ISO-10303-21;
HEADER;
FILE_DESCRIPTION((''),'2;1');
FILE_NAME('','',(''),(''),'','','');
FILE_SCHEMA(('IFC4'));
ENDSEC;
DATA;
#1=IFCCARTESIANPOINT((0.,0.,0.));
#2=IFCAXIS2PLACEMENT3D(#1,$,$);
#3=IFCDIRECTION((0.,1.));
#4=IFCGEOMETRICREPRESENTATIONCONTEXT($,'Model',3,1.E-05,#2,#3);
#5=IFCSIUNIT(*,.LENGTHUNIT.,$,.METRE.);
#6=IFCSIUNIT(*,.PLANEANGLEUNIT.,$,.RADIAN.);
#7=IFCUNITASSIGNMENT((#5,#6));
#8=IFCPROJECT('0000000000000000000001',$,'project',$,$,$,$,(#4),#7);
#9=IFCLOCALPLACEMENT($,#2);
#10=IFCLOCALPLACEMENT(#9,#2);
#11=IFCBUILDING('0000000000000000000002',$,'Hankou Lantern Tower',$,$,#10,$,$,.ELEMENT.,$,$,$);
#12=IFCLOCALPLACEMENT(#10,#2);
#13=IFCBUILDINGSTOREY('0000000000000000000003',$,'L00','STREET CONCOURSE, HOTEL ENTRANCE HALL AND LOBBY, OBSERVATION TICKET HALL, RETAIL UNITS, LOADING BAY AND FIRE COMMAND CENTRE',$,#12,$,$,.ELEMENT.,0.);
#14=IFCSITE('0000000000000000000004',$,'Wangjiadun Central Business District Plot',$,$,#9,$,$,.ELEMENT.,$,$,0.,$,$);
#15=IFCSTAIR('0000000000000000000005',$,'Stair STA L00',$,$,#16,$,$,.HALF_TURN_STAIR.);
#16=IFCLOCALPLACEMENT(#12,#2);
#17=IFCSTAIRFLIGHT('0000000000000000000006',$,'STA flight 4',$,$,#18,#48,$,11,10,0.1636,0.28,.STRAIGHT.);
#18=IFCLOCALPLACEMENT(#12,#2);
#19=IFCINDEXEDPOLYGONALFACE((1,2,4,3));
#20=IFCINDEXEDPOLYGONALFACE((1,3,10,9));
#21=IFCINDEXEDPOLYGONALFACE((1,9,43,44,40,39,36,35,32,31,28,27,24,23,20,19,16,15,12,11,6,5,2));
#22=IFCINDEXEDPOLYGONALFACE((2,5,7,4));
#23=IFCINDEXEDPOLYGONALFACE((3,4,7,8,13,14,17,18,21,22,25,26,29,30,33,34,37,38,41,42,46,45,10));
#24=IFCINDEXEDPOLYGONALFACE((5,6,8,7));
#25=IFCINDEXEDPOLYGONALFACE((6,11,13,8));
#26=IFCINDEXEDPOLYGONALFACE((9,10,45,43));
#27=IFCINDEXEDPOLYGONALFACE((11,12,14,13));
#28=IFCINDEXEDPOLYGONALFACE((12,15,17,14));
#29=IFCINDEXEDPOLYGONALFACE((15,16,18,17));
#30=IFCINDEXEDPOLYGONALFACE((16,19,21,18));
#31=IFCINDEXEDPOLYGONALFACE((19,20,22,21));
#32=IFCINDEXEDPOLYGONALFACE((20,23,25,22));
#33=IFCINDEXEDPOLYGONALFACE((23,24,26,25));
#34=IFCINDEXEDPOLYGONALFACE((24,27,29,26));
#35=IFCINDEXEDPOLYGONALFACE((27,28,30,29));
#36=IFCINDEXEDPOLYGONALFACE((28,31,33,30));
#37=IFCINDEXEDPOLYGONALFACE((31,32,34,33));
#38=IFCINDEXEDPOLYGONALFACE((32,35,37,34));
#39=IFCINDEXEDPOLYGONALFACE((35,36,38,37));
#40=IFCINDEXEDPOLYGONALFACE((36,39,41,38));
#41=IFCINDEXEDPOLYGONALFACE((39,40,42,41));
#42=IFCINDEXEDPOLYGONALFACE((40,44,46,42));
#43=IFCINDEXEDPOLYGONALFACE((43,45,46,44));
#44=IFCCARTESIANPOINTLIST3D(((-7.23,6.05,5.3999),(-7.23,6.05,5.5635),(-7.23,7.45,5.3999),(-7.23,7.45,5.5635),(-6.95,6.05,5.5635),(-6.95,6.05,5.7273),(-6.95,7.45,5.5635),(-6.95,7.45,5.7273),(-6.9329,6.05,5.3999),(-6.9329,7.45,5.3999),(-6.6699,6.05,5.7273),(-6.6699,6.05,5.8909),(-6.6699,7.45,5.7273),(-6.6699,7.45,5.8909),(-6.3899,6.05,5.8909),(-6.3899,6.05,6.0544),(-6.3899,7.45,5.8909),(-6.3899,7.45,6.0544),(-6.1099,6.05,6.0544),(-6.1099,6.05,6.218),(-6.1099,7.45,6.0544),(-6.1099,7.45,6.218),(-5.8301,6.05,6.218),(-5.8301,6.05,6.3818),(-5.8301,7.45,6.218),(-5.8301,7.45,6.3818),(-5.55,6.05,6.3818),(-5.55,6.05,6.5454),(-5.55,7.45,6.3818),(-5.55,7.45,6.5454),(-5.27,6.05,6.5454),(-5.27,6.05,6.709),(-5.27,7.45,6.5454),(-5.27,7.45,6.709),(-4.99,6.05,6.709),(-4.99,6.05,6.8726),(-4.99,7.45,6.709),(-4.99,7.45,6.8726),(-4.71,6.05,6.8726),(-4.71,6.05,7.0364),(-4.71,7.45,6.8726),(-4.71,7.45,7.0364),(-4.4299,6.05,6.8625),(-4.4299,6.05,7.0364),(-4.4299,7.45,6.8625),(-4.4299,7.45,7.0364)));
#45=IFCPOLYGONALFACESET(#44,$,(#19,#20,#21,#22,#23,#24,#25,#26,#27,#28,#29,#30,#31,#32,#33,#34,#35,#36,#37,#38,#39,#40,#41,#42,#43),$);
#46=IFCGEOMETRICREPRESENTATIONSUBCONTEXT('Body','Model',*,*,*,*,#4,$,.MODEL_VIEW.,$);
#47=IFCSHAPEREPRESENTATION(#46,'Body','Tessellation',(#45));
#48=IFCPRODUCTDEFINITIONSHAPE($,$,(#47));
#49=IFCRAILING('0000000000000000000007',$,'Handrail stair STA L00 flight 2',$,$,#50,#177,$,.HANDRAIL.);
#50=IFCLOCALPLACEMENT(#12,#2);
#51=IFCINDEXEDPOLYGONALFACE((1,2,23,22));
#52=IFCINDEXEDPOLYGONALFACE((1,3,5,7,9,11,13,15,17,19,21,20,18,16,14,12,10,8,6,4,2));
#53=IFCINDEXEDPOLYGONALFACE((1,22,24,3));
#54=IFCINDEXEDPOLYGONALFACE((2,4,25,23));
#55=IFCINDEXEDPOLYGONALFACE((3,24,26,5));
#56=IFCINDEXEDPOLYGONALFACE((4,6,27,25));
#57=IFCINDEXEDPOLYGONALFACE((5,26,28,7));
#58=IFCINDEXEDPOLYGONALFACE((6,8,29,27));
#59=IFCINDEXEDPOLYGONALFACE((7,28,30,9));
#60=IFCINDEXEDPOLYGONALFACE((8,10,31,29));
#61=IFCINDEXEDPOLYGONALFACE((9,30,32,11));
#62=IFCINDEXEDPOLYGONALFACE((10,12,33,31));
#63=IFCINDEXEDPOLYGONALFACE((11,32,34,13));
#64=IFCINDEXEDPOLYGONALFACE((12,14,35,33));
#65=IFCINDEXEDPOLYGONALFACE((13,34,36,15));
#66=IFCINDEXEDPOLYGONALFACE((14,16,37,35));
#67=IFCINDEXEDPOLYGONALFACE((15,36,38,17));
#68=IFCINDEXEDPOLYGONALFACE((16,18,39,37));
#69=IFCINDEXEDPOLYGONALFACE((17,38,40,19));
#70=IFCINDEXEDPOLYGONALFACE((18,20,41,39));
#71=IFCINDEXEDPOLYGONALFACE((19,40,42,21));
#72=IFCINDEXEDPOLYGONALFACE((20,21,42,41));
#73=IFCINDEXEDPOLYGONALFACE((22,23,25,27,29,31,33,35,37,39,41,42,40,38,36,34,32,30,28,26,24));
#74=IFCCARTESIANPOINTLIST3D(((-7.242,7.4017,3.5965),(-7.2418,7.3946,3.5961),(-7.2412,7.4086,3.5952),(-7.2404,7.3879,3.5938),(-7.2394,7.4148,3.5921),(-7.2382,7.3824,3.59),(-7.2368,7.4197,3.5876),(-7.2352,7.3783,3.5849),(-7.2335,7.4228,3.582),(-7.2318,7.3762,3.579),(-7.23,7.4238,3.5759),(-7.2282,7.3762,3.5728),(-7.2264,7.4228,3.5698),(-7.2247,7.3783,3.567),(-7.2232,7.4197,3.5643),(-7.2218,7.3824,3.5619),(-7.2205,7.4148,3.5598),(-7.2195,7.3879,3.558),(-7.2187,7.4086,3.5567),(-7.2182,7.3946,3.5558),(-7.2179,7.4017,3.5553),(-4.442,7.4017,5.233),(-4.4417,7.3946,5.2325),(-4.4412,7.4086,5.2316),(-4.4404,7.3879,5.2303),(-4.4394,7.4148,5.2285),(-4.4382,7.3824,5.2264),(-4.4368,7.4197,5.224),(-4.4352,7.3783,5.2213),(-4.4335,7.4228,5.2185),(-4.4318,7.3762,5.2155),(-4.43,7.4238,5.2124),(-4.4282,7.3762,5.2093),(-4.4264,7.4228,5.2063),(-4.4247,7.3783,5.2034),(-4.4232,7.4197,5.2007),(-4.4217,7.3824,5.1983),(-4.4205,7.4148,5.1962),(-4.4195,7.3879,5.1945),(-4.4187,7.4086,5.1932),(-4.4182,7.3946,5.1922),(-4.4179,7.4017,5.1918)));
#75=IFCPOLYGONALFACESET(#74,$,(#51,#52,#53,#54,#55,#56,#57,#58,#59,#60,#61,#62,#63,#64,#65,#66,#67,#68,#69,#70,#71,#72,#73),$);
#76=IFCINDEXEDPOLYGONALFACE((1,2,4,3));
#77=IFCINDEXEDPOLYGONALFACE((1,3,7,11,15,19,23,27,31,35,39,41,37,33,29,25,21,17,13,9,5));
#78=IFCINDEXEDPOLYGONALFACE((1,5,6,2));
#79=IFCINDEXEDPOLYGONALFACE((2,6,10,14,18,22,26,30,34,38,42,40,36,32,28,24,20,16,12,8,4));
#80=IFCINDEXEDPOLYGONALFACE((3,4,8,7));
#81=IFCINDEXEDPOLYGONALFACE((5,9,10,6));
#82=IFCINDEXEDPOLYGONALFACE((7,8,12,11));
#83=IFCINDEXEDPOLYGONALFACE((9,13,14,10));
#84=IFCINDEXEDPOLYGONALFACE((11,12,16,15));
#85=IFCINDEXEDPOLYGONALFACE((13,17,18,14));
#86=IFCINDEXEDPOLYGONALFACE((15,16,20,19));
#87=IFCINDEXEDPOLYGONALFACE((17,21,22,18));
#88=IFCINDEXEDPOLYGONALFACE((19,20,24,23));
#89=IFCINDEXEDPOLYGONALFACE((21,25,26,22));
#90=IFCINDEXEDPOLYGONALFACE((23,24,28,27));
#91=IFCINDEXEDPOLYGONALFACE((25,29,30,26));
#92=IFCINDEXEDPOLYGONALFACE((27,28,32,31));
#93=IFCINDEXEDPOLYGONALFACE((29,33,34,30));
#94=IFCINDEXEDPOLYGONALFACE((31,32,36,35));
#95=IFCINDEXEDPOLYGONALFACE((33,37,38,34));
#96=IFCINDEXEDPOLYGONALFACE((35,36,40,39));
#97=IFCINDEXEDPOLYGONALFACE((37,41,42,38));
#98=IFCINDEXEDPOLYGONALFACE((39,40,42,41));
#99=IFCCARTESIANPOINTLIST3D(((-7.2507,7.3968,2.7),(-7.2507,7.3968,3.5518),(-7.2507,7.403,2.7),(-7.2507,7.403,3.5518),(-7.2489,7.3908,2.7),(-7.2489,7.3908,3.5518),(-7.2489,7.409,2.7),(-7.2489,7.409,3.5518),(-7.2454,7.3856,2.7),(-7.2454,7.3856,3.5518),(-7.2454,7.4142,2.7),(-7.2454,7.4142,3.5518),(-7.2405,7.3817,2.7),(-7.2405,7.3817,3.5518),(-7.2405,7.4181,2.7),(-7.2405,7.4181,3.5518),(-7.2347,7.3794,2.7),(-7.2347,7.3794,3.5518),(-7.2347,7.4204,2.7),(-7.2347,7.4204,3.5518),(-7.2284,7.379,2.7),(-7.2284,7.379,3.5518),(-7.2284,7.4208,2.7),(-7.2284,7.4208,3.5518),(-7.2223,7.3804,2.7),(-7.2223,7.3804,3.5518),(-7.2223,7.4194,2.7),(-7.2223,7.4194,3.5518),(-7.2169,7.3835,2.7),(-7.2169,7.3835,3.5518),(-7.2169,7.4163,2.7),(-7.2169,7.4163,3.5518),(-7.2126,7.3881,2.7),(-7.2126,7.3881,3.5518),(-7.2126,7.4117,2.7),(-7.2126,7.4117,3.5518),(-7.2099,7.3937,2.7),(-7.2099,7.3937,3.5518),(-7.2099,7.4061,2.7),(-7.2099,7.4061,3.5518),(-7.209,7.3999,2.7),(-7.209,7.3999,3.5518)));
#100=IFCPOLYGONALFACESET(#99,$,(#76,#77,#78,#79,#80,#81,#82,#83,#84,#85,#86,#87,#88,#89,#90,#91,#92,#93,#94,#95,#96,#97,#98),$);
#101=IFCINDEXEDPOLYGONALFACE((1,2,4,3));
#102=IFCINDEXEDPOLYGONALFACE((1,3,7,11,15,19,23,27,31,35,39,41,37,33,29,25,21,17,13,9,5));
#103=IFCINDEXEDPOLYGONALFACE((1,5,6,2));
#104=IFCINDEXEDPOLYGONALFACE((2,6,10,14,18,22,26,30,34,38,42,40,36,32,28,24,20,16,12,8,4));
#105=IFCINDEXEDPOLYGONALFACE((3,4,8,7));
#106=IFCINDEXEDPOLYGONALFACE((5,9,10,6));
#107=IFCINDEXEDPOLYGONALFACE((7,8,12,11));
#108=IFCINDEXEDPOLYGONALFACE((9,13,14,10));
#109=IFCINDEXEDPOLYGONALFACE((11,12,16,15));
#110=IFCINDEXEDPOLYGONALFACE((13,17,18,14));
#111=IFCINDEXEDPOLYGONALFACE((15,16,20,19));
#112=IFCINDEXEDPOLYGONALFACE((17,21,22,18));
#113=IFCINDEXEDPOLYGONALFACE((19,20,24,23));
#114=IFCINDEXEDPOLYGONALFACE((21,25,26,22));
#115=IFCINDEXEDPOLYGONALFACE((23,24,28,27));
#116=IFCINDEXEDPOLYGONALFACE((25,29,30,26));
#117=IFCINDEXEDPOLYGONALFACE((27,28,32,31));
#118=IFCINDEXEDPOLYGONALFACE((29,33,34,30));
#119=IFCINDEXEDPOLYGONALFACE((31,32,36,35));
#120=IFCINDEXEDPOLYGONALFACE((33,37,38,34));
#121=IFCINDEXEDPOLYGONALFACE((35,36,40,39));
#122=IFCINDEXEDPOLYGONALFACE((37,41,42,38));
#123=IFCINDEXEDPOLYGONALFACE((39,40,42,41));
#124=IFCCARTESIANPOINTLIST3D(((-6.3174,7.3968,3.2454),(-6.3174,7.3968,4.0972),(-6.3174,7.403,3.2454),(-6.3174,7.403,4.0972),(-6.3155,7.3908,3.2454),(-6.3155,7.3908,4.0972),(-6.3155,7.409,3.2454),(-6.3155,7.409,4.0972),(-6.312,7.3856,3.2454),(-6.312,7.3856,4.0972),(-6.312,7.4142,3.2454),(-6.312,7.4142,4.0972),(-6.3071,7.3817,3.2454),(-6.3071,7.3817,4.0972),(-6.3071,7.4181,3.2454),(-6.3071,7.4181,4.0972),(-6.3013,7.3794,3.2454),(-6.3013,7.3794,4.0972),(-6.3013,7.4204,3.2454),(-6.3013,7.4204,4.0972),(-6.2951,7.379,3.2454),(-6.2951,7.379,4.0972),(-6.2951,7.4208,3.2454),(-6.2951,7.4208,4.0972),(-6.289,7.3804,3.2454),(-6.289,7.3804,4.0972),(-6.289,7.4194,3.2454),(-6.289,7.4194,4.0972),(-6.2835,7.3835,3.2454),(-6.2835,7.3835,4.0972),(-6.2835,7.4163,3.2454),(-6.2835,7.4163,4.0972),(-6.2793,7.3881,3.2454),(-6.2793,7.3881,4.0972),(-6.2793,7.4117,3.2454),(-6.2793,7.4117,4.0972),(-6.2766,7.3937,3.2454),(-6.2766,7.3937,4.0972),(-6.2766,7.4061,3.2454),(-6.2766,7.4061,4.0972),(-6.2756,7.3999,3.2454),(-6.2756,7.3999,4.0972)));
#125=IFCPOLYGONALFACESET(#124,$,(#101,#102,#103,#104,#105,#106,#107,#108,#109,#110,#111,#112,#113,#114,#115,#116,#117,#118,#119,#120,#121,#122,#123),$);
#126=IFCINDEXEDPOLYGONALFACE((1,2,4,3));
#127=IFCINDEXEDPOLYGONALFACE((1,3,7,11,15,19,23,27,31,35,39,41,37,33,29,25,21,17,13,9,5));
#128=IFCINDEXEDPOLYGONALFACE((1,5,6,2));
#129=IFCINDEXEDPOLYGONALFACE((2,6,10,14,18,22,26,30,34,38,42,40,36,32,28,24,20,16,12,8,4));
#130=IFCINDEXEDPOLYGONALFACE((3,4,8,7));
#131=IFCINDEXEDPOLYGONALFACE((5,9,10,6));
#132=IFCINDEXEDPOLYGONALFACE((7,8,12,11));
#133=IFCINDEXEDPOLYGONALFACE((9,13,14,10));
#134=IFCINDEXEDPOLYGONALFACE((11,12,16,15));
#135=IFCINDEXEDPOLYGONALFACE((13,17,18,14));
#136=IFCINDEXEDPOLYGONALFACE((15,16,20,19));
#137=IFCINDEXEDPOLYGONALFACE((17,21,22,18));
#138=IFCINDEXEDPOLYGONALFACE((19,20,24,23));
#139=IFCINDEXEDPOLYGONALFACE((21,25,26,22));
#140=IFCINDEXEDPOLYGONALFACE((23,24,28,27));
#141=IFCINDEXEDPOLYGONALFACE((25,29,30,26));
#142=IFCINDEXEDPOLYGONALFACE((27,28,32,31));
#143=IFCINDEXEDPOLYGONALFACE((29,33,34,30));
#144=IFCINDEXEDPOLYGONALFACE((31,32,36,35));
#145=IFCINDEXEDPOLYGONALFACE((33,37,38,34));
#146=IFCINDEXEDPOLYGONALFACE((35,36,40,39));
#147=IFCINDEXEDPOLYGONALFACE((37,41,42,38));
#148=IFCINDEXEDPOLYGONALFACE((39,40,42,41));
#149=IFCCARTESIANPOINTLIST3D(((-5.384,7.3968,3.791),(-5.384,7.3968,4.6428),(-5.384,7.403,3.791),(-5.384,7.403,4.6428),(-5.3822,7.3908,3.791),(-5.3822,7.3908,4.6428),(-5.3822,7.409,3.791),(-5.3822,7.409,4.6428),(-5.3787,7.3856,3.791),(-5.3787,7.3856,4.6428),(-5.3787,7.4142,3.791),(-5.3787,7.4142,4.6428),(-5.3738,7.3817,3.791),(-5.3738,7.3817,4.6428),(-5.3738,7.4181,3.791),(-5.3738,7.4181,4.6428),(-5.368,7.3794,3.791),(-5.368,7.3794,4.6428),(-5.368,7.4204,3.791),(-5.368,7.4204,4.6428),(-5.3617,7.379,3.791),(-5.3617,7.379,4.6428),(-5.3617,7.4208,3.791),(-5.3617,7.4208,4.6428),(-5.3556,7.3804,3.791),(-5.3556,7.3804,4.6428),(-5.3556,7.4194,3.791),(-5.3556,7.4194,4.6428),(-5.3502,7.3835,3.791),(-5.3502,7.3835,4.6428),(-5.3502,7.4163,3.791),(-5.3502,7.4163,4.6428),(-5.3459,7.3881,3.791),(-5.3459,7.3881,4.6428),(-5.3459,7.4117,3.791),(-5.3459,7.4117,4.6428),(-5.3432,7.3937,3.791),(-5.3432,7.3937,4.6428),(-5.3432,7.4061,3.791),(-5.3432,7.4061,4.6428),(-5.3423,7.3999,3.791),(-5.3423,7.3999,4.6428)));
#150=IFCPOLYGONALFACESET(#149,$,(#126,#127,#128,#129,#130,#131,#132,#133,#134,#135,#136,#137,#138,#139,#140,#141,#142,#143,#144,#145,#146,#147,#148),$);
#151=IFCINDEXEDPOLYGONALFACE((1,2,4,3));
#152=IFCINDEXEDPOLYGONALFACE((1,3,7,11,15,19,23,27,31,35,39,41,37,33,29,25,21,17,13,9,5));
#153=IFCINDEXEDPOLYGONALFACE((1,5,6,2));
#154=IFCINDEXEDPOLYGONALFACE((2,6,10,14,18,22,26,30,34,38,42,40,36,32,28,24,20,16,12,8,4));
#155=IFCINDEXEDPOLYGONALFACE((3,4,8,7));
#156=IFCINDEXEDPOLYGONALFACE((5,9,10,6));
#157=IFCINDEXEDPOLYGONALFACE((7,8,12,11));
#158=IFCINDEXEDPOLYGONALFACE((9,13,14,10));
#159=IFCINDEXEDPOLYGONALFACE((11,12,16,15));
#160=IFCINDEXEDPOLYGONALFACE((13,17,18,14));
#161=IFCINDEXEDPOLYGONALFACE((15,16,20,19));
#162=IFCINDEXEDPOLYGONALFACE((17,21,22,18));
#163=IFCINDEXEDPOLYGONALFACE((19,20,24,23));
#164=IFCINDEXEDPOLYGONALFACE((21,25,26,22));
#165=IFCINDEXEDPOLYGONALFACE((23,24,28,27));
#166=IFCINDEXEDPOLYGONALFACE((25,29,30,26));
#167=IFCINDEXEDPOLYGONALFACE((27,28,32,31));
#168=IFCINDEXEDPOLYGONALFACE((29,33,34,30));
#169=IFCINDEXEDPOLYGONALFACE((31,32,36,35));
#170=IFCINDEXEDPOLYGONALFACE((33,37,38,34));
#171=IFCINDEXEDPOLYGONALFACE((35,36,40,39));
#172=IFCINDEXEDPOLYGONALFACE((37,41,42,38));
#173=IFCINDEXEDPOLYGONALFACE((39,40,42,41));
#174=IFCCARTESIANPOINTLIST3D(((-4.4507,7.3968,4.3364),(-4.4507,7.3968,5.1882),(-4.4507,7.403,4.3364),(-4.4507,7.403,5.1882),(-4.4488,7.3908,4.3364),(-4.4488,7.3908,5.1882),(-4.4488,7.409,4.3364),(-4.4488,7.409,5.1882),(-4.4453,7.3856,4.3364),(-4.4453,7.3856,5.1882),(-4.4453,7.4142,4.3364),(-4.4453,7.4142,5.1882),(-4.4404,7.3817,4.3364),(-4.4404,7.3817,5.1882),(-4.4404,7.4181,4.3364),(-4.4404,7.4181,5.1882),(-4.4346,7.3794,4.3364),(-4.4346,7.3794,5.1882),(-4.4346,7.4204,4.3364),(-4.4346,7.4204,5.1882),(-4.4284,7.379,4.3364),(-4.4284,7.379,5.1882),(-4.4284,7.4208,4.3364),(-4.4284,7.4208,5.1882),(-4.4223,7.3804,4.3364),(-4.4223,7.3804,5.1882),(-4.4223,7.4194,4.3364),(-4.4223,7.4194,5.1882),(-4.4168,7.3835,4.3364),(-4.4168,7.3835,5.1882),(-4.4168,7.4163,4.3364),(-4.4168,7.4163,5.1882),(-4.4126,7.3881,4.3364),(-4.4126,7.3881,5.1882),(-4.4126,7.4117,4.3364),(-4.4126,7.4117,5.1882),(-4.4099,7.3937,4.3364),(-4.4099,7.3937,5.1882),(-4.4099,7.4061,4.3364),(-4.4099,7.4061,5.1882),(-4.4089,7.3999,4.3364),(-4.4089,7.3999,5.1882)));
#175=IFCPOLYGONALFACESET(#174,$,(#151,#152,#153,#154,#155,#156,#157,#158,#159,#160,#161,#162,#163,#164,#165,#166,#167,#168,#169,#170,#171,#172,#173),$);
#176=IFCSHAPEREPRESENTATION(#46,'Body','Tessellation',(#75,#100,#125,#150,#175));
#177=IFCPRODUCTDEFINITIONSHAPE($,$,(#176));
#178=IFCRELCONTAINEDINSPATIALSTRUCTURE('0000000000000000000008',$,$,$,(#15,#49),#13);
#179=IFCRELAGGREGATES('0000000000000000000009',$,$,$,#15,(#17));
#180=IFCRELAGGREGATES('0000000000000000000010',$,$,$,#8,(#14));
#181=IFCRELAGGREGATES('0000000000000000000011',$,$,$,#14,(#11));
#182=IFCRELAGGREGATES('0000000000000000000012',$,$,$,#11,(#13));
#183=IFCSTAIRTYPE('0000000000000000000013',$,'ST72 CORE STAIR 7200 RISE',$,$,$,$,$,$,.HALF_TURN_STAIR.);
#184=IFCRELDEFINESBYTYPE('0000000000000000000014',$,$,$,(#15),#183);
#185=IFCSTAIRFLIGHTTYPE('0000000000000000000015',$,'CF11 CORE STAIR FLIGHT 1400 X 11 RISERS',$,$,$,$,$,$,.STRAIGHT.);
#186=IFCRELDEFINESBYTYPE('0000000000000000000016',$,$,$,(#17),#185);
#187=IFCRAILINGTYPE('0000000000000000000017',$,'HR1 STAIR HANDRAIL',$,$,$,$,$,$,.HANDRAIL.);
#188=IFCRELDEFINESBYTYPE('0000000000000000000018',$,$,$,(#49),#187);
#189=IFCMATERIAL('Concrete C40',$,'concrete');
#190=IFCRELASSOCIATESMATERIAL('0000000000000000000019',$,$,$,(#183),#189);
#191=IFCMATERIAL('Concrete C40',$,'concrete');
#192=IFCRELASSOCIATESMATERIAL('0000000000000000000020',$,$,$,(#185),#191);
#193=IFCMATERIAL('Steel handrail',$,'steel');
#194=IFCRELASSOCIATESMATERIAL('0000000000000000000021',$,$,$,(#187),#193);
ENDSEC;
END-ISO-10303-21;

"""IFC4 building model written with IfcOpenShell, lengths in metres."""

from ifc_helpers import new_model, si_unit, direction, frame, origin, origin_2d, place, context, subcontext, project, spatial, polyline, circle, outline, extrude, material, type_object, element, aggregate, save


model = new_model("IFC4")

# Units and contexts
model_context = context("Model", 3, precision=1e-05, world=origin(), true_north=direction((0.0, 1.0)))
body_context = subcontext(model_context, "Body", "Model", "MODEL_VIEW")
ifc_project = project(units=[si_unit("LENGTHUNIT", "METRE"), si_unit("PLANEANGLEUNIT", "RADIAN")], contexts=[model_context])

# Site, building, storey
site_placement = place(None, origin())
site = spatial("IfcSite", under=ifc_project, at=site_placement, Name="Wangjiadun Central Business District Plot", CompositionType="ELEMENT", RefElevation=0.0)
building_placement = place(site_placement, origin())
building = spatial("IfcBuilding", under=site, at=building_placement, Name="Hankou Lantern Tower", CompositionType="ELEMENT")
storey_placement = place(building_placement, origin())
storey = spatial("IfcBuildingStorey", under=building, at=storey_placement, Name="L00", Description="STREET CONCOURSE, HOTEL ENTRANCE HALL AND LOBBY, OBSERVATION TICKET HALL, RETAIL UNITS, LOADING BAY AND FIRE COMMAND CENTRE", CompositionType="ELEMENT", Elevation=0.0)

# Stair, stair flight
ifc_material_1 = material(Name="Concrete C40", Category="concrete")
stair_type = type_object("IfcStairType", Name="ST72 CORE STAIR 7200 RISE", PredefinedType="HALF_TURN_STAIR", material=ifc_material_1)
stair_placement = place(storey_placement, origin())
stair = element("IfcStair", 1, at=stair_placement, inside=storey, type_object=stair_type, Name="Stair STA L00", PredefinedType="HALF_TURN_STAIR")
ifc_material_2 = material(Name="Concrete C40", Category="concrete")
stair_flight_type = type_object("IfcStairFlightType", Name="CF11 CORE STAIR FLIGHT 1400 X 11 RISERS", PredefinedType="STRAIGHT", material=ifc_material_2)
stair_flight_1_placement = place(storey_placement, frame((-7.23, 6.75, 5.3999), z_axis=(0.0, 0.0, 1.0), x_axis=(1.0, 0.0, 0.0)))
stair_flight_1 = element("IfcStairFlight", 2, at=stair_flight_1_placement, type_object=stair_flight_type, Name="STA flight 4", NumberOfRisers=11, NumberOfTreads=10, PredefinedType="STRAIGHT", RiserHeight=0.1636, TreadLength=0.28, context=body_context, shape_type="SweptSolid", body=[
    extrude(outline(polyline([(0.0, 0.0), (0.0, 0.1636), (0.28, 0.1636), (0.28, 0.3274), (0.5601, 0.3274), (0.5601, 0.491), (0.8401, 0.491), (0.8401, 0.6545), (1.1201, 0.6545), (1.1201, 0.8181), (1.3999, 0.8181), (1.3999, 0.9819), (1.6799, 0.9819), (1.6799, 1.1455), (1.96, 1.1455), (1.96, 1.3091), (2.24, 1.3091), (2.24, 1.4727), (2.52, 1.4727), (2.52, 1.6365), (2.8, 1.6365), (2.8, 1.8), (2.8, 1.4626), (0.2971, 0.0), (0.0, 0.0)])), frame((0.0, 0.7, 0.0), z_axis=(0.0, -1.0, 0.0), x_axis=(1.0, 0.0, 0.0)), (0.0, 0.0, 1.0), 1.3999),
])
aggregate(stair, [stair_flight_1])

# Railing
ifc_material_3 = material(Name="Steel handrail", Category="steel")
railing_type = type_object("IfcRailingType", Name="HR1 STAIR HANDRAIL", PredefinedType="HANDRAIL", material=ifc_material_3)
railing_1_placement = place(storey_placement, frame((-7.23, 7.3999, 2.7)))
element("IfcRailing", 3, at=railing_1_placement, inside=storey, type_object=railing_type, Name="Handrail stair STA L00 flight 2", PredefinedType="HANDRAIL", context=body_context, shape_type="SweptSolid", body=[
    extrude(circle(Radius=0.0239, at=origin_2d()), frame((0.0, 0.0, 0.876), z_axis=(0.863361, 0.0, 0.504587), x_axis=(0.0, 1.0, 0.0)), (0.0, 0.0, 1.0), 3.2432),
    extrude(circle(Radius=0.021, at=origin_2d()), origin(), (0.0, 0.0, 1.0), 0.8518),
    extrude(circle(Radius=0.021, at=origin_2d()), frame((0.9333, 0.0, 0.5454)), (0.0, 0.0, 1.0), 0.8518),
    extrude(circle(Radius=0.021, at=origin_2d()), frame((1.8667, 0.0, 1.0911)), (0.0, 0.0, 1.0), 0.8518),
    extrude(circle(Radius=0.021, at=origin_2d()), frame((2.8, 0.0, 1.6365)), (0.0, 0.0, 1.0), 0.8518),
])

save(model, "model.ifc")
